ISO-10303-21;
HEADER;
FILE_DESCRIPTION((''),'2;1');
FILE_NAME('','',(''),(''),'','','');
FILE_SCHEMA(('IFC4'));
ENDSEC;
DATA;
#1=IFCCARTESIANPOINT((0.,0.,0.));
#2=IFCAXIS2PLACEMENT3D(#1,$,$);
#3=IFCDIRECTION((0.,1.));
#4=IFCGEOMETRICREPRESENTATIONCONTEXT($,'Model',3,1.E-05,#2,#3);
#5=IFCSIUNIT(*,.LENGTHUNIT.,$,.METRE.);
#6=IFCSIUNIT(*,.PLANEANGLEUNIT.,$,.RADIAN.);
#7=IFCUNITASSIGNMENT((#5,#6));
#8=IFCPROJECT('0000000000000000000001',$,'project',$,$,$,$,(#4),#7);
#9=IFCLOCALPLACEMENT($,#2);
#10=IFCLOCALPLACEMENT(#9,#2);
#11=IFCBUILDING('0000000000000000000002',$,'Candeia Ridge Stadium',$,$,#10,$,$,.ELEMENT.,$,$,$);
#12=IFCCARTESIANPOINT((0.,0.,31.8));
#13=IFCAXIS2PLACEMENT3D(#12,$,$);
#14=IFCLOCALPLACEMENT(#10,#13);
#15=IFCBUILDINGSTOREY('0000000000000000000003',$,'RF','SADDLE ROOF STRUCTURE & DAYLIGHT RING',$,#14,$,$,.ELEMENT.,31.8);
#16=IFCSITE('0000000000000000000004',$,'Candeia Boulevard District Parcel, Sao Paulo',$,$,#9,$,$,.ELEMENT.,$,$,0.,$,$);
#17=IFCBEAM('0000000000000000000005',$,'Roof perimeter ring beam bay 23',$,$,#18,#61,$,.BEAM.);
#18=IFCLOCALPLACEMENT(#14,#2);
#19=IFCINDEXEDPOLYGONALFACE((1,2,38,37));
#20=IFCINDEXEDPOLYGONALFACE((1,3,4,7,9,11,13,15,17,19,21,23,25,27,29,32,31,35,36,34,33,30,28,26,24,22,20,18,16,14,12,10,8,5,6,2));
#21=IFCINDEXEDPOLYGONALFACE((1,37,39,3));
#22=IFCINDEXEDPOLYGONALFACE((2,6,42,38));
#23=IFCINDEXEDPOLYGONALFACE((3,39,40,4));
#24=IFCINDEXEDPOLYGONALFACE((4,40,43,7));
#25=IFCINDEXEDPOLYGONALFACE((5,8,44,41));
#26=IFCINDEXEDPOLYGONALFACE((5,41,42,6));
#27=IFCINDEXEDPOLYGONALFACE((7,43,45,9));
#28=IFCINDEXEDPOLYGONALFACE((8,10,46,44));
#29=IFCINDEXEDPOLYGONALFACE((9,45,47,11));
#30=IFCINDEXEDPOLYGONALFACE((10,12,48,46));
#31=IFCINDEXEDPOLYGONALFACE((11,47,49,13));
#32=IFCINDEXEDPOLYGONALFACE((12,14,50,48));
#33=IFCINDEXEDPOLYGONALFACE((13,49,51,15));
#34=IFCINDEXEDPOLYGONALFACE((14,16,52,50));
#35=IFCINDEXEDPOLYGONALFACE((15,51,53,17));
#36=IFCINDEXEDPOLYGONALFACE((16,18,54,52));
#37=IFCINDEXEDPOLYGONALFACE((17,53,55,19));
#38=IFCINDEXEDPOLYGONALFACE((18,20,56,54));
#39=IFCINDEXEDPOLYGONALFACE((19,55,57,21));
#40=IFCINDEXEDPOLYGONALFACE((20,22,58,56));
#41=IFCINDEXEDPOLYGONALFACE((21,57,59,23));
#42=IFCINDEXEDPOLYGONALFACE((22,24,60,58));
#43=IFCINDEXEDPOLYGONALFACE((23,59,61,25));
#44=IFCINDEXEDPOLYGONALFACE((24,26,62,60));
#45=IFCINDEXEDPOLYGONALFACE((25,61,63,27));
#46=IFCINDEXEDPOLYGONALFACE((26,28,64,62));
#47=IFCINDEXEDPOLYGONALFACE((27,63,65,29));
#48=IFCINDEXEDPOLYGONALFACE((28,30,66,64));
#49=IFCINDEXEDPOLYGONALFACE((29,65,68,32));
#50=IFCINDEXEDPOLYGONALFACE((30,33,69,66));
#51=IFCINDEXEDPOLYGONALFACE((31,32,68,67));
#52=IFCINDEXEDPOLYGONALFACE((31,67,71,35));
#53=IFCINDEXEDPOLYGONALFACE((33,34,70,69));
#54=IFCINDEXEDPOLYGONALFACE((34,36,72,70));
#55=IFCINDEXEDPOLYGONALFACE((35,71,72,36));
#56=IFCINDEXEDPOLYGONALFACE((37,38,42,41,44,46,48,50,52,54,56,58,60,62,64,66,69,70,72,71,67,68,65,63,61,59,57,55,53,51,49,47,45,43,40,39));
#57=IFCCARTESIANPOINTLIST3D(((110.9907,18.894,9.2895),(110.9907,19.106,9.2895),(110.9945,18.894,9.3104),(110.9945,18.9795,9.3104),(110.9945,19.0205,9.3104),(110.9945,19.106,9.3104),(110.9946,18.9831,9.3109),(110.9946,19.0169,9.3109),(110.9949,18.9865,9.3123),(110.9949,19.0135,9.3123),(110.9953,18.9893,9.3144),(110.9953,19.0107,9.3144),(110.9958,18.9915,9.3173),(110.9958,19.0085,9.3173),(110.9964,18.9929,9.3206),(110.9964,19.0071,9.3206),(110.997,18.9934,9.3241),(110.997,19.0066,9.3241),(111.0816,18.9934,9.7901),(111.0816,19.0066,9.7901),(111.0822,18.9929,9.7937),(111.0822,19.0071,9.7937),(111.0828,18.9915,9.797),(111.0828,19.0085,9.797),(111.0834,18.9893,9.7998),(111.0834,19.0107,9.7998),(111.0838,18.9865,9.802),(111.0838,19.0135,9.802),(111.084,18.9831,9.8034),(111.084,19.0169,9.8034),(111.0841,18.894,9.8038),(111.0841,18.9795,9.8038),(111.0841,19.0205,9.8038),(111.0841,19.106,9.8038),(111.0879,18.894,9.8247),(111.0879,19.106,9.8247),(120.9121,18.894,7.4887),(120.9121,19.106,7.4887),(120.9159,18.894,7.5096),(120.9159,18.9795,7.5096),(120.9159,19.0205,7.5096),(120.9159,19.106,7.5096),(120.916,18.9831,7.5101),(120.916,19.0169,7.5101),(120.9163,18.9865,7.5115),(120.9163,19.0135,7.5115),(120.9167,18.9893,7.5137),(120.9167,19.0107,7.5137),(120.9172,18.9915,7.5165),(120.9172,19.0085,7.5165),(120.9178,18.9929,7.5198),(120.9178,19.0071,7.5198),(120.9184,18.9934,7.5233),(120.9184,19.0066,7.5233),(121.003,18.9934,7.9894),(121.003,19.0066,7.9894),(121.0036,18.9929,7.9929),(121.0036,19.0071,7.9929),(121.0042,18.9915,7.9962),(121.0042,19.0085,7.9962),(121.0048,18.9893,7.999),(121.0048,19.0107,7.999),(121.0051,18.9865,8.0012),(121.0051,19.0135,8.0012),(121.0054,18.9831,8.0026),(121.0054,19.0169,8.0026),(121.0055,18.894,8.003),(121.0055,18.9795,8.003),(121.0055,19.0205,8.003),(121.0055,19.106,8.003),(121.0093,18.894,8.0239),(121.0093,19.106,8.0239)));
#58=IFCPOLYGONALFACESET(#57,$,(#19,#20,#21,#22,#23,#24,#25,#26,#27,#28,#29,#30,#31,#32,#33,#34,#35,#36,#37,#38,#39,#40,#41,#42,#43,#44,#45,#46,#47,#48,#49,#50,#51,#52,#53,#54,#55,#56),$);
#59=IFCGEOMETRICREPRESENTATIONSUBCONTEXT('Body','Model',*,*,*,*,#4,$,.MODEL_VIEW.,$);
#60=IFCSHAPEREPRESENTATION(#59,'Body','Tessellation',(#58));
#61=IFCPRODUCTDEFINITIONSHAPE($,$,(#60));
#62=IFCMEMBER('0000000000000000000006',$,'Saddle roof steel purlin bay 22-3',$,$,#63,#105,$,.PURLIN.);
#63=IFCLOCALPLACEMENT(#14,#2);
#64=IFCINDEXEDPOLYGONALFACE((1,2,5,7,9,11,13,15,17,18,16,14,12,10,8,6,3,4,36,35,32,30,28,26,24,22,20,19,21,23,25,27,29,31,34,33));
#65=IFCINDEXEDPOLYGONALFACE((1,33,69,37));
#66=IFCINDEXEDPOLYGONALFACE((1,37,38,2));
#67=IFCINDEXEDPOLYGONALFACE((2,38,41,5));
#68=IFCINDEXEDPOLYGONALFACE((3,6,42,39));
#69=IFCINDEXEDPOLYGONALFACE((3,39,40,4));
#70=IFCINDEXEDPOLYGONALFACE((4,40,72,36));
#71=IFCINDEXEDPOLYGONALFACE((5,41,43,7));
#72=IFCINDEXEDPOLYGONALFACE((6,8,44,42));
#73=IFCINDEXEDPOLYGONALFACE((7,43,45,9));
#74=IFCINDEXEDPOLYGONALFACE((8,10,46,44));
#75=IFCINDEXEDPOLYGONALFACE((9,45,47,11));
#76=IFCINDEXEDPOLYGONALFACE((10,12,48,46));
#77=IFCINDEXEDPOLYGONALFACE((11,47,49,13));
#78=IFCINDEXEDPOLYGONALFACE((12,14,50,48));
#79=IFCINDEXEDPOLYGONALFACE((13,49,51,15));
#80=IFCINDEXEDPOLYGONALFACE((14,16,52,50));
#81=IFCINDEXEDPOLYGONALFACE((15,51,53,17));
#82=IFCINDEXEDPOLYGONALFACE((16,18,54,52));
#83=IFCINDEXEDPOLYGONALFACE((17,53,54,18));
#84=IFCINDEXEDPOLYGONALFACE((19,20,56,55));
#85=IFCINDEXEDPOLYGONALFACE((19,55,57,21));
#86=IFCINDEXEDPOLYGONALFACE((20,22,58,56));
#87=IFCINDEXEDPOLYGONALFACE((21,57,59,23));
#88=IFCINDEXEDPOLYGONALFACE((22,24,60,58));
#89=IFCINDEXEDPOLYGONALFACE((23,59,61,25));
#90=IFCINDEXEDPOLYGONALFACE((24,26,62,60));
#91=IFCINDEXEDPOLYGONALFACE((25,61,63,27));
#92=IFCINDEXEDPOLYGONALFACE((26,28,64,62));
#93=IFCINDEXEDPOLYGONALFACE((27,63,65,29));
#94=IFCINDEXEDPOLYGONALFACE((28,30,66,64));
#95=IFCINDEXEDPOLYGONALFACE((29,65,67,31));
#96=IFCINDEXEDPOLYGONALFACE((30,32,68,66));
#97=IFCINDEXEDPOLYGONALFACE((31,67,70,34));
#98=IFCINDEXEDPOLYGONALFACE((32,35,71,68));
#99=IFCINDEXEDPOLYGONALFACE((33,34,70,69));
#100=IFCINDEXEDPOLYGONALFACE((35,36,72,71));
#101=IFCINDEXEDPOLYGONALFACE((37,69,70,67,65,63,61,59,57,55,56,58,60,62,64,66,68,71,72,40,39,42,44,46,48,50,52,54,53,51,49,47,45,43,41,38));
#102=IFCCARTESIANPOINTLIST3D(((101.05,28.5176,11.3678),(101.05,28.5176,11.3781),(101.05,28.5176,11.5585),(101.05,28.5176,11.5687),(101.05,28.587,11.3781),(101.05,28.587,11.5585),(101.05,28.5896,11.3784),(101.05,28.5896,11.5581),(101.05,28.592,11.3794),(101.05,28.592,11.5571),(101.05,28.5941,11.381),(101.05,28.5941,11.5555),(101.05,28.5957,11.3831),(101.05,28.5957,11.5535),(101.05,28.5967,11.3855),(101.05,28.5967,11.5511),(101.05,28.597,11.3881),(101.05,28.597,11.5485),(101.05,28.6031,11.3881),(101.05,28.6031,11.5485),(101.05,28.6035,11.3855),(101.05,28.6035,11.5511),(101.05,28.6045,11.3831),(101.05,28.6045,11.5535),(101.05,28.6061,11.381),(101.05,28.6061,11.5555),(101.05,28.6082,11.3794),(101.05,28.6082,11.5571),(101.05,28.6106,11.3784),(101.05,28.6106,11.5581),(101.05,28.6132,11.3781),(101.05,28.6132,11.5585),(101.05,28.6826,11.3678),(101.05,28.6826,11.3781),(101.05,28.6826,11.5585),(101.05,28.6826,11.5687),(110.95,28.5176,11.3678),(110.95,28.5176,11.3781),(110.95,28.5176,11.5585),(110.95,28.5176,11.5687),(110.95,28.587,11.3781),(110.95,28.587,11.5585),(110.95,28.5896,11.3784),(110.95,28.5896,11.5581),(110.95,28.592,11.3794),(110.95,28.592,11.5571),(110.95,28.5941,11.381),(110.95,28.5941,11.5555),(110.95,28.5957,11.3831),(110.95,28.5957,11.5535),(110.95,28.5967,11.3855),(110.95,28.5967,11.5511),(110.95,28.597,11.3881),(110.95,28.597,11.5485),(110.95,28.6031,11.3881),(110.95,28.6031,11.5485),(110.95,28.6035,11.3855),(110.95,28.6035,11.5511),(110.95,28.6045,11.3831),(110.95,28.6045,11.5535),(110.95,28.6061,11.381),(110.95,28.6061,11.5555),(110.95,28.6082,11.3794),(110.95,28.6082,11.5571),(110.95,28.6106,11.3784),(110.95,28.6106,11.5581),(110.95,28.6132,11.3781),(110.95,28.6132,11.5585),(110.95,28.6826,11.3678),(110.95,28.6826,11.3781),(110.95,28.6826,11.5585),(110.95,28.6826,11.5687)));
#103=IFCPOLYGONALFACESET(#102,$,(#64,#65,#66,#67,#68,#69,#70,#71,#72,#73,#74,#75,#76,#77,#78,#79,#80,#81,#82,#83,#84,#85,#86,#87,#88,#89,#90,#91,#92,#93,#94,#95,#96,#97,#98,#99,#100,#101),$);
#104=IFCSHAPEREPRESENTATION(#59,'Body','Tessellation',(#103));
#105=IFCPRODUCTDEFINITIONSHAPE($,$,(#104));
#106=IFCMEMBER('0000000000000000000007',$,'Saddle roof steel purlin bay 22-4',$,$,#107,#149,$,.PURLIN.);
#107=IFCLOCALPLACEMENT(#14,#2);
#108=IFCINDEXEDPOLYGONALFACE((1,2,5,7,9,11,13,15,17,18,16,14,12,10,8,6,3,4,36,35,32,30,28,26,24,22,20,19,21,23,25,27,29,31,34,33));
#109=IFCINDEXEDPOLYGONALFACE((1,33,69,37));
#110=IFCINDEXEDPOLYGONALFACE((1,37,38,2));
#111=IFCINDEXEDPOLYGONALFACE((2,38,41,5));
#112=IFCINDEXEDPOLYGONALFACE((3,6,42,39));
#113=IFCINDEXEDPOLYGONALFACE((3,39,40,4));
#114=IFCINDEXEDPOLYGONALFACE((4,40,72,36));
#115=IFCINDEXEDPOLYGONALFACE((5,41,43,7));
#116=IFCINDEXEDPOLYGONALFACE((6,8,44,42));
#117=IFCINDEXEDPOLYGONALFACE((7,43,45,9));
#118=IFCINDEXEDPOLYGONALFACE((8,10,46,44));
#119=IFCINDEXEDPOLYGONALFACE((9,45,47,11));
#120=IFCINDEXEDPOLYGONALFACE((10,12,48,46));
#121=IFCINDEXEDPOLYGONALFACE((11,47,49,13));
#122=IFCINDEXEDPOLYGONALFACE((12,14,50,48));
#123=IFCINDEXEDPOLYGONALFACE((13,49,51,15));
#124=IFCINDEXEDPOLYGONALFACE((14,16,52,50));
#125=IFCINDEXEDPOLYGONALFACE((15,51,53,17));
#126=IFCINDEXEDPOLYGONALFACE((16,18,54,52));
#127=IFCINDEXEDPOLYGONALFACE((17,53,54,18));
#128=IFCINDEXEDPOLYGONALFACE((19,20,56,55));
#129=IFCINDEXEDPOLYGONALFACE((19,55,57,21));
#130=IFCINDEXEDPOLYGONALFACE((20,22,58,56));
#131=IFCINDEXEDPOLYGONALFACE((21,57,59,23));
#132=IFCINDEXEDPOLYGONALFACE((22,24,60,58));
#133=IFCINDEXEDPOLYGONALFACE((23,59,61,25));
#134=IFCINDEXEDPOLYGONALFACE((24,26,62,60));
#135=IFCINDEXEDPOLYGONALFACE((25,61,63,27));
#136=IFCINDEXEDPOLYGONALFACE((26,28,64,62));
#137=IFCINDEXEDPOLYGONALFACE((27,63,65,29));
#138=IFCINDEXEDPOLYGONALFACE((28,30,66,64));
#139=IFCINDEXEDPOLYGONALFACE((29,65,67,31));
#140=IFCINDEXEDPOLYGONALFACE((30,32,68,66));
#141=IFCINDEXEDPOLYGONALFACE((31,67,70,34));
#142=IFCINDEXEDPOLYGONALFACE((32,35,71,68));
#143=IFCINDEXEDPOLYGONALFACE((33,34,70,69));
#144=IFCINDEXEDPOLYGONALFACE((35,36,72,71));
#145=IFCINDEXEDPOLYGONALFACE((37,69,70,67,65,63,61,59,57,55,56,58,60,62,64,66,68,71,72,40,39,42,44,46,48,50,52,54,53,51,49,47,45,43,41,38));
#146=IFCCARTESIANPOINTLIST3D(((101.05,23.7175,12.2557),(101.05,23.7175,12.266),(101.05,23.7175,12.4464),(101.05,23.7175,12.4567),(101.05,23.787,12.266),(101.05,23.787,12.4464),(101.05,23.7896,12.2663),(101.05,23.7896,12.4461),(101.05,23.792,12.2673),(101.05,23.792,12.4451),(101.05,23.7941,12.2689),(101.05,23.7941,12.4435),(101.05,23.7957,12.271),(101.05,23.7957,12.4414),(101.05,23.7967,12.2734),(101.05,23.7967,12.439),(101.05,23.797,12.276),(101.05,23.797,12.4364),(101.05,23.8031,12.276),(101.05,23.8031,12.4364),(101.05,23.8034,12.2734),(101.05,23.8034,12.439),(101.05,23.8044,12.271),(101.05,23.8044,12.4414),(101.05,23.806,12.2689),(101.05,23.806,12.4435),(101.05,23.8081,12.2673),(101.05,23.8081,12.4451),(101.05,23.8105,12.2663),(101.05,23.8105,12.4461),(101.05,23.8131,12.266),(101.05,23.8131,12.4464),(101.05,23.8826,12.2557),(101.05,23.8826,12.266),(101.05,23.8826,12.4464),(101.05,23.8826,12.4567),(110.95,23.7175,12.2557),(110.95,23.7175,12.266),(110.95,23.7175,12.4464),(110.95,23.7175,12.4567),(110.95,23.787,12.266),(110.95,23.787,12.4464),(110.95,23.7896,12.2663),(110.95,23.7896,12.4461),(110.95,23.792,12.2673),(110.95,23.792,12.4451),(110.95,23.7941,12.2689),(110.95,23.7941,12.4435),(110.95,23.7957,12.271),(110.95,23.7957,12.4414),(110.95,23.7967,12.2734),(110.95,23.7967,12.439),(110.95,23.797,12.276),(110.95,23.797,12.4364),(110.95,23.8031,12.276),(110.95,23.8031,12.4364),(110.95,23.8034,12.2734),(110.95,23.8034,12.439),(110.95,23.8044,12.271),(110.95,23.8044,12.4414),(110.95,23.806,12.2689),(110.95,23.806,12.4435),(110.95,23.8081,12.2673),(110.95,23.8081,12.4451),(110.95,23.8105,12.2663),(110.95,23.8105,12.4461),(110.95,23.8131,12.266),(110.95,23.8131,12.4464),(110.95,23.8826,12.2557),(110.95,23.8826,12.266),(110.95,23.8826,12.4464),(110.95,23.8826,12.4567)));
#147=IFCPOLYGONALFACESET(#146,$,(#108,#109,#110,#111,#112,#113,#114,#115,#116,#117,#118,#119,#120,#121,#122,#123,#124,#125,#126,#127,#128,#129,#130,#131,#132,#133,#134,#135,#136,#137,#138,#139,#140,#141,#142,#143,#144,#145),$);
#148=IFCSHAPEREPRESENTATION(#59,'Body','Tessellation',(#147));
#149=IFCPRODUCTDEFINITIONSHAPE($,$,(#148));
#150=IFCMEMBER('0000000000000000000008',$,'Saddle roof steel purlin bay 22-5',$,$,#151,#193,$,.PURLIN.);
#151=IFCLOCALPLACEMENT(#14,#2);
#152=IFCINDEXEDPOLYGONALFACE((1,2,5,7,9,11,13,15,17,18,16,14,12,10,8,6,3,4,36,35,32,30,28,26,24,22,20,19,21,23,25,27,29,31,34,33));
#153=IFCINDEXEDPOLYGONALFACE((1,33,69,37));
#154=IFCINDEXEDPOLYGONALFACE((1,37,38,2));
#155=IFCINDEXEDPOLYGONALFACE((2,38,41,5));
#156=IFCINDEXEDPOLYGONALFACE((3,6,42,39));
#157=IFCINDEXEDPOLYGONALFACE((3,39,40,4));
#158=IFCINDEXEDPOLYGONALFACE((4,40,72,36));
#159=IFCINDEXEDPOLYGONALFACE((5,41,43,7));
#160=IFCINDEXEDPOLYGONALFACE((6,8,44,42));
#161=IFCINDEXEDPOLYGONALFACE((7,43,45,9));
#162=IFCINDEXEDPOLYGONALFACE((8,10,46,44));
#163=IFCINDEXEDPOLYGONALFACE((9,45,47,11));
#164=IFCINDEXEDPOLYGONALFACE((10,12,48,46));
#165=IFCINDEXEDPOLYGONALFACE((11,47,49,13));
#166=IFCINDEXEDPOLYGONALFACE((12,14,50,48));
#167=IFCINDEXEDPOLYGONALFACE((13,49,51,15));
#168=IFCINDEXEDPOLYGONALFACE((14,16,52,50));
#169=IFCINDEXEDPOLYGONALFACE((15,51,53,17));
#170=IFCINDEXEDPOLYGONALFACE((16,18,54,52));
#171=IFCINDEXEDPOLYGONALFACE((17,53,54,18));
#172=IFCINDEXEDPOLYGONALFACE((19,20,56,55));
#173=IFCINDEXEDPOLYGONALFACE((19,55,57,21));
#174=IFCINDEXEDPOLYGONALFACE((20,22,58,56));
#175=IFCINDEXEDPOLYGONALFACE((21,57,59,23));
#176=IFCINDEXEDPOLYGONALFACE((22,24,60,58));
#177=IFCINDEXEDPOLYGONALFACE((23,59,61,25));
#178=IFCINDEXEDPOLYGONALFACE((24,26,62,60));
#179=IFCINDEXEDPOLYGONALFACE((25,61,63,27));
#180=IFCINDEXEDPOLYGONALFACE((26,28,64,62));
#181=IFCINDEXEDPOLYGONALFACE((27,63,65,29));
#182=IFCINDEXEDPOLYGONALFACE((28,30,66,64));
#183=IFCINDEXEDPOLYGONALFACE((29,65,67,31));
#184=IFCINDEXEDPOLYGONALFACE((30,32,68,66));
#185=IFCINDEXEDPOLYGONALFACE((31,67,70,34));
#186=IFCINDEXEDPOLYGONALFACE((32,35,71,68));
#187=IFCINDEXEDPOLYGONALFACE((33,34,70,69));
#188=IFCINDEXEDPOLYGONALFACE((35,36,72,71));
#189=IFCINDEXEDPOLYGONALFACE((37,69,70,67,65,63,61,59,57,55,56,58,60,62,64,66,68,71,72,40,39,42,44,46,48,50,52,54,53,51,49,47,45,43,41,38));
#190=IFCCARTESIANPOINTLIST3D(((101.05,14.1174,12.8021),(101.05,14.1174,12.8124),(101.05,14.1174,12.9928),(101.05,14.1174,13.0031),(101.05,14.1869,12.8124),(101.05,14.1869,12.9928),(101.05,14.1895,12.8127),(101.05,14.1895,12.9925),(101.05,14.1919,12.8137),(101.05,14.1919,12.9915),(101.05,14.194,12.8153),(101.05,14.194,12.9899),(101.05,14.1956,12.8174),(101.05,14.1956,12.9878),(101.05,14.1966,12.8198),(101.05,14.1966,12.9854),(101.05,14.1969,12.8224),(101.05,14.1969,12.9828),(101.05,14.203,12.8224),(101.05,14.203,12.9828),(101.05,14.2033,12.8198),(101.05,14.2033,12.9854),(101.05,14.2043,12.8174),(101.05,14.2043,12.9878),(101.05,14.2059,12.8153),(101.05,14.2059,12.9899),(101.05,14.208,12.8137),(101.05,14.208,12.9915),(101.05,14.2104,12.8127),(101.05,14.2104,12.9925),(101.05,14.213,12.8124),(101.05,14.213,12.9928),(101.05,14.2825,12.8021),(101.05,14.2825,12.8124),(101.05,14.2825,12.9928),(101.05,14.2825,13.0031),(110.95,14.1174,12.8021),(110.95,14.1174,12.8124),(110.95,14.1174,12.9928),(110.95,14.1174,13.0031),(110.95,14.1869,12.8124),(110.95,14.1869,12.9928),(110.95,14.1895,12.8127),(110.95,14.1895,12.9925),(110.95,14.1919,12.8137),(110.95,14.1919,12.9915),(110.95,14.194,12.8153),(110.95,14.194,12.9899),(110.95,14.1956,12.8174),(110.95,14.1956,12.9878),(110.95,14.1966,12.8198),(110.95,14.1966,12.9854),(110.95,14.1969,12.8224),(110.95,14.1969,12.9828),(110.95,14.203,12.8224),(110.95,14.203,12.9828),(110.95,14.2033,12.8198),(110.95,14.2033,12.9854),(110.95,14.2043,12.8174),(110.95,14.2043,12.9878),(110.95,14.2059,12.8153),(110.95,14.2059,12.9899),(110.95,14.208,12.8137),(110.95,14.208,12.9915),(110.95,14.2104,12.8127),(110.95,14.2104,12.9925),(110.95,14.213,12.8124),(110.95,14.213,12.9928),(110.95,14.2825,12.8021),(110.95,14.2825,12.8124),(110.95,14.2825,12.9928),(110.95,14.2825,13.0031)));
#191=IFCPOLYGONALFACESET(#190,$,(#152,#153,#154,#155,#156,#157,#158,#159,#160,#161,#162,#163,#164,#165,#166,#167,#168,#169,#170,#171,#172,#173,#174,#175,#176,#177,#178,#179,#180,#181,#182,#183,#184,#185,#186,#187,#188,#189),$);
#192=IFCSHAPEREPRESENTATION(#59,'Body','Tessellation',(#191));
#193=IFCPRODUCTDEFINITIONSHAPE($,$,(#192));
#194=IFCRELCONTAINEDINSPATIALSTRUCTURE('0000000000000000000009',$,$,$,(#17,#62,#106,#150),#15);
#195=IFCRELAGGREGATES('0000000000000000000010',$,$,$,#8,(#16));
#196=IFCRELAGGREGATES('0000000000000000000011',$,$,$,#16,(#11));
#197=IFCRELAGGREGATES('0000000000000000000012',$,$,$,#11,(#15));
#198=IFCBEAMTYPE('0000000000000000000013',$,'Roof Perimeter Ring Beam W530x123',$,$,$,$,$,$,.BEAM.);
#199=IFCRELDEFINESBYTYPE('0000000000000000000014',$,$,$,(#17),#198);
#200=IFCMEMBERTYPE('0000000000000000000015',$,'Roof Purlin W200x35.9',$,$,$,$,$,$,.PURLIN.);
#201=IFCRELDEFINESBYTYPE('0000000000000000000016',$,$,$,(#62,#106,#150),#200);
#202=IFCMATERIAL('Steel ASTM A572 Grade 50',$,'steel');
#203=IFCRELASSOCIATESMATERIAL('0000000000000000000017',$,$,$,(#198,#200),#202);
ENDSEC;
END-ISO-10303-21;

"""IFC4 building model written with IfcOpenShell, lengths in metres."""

from ifc_helpers import new_model, si_unit, direction, frame, origin, origin_2d, place, context, subcontext, project, spatial, i_section, extrude, material, material_profile, profile_set, type_object, element, save


model = new_model("IFC4")

# Units and contexts
model_context = context("Model", 3, precision=1e-05, world=origin(), true_north=direction((0.0, 1.0)))
body_context = subcontext(model_context, "Body", "Model", "MODEL_VIEW")
ifc_project = project(units=[si_unit("LENGTHUNIT", "METRE"), si_unit("PLANEANGLEUNIT", "RADIAN")], contexts=[model_context])

# Site, building, storey
site_placement = place(None, origin())
site = spatial("IfcSite", under=ifc_project, at=site_placement, Name="Candeia Boulevard District Parcel, Sao Paulo", CompositionType="ELEMENT", RefElevation=0.0)
building_placement = place(site_placement, origin())
building = spatial("IfcBuilding", under=site, at=building_placement, Name="Candeia Ridge Stadium", CompositionType="ELEMENT")
storey_placement = place(building_placement, frame((0.0, 0.0, 31.8)))
storey = spatial("IfcBuildingStorey", under=building, at=storey_placement, Name="RF", Description="SADDLE ROOF STRUCTURE & DAYLIGHT RING", CompositionType="ELEMENT", Elevation=31.8)

# Shared definitions
ifc_material_1 = material(Name="Steel ASTM A572 Grade 50", Category="steel")

# Beam
ifc_material_profile_1 = material_profile(ifc_material_1, i_section(OverallWidth=0.2119, OverallDepth=0.5439, WebThickness=0.0132, FlangeThickness=0.0212, FilletRadius=0.0139, at=origin_2d()), Name="W530x123", Category="steel")
ifc_profile_set_1 = profile_set([ifc_material_profile_1], Name="Steel ASTM A572 Grade 50")
beam_type_1 = type_object("IfcBeamType", Name="Roof Perimeter Ring Beam W530x123", PredefinedType="BEAM", material=ifc_profile_set_1)
beam_1_placement = place(storey_placement, frame((111.0393, 19.0, 9.5571), z_axis=(0.983924, 0.0, -0.178587), x_axis=(0.0, 1.0, 0.0)))
element("IfcBeam", 1, at=beam_1_placement, inside=storey, type_object=beam_type_1, Name="Roof perimeter ring beam bay 23", PredefinedType="BEAM", context=body_context, shape_type="SweptSolid", body=[
    extrude(i_section(OverallWidth=0.2119, OverallDepth=0.5439, WebThickness=0.0132, FlangeThickness=0.0212, FilletRadius=0.0139, at=origin_2d()), origin(), (0.0, 0.0, 1.0), 10.0835),
])

# Members
ifc_material_profile_2 = material_profile(ifc_material_1, i_section(OverallWidth=0.165, OverallDepth=0.2009, WebThickness=0.0061, FlangeThickness=0.0103, FilletRadius=0.01, at=origin_2d()), Name="W200x35.9", Category="steel")
ifc_profile_set_2 = profile_set([ifc_material_profile_2], Name="Steel ASTM A572 Grade 50")
member_type_1 = type_object("IfcMemberType", Name="Roof Purlin W200x35.9", PredefinedType="PURLIN", material=ifc_profile_set_2)
for number, where, z_axis, x_axis, name in (
    (2, (101.05, 28.6001, 11.4683), (1.0, 0.0, 0.0), (0.0, 1.0, 0.0), "Saddle roof steel purlin bay 22-3"),
    (3, (101.05, 23.8, 12.3562), (1.0, 0.0, 0.0), (0.0, 1.0, 0.0), "Saddle roof steel purlin bay 22-4"),
    (4, (101.05, 14.2, 12.9026), (1.0, 0.0, 0.0), (0.0, 1.0, 0.0), "Saddle roof steel purlin bay 22-5"),
):
    element("IfcMember", number, at=place(storey_placement, frame(where, z_axis=z_axis, x_axis=x_axis)), inside=storey, type_object=member_type_1, Name=name, PredefinedType="PURLIN", context=body_context, shape_type="SweptSolid", body=[
        extrude(i_section(OverallWidth=0.165, OverallDepth=0.2009, WebThickness=0.0061, FlangeThickness=0.0103, FilletRadius=0.01, at=origin_2d()), origin(), (0.0, 0.0, 1.0), 9.8999),
    ])

save(model, "model.ifc")
